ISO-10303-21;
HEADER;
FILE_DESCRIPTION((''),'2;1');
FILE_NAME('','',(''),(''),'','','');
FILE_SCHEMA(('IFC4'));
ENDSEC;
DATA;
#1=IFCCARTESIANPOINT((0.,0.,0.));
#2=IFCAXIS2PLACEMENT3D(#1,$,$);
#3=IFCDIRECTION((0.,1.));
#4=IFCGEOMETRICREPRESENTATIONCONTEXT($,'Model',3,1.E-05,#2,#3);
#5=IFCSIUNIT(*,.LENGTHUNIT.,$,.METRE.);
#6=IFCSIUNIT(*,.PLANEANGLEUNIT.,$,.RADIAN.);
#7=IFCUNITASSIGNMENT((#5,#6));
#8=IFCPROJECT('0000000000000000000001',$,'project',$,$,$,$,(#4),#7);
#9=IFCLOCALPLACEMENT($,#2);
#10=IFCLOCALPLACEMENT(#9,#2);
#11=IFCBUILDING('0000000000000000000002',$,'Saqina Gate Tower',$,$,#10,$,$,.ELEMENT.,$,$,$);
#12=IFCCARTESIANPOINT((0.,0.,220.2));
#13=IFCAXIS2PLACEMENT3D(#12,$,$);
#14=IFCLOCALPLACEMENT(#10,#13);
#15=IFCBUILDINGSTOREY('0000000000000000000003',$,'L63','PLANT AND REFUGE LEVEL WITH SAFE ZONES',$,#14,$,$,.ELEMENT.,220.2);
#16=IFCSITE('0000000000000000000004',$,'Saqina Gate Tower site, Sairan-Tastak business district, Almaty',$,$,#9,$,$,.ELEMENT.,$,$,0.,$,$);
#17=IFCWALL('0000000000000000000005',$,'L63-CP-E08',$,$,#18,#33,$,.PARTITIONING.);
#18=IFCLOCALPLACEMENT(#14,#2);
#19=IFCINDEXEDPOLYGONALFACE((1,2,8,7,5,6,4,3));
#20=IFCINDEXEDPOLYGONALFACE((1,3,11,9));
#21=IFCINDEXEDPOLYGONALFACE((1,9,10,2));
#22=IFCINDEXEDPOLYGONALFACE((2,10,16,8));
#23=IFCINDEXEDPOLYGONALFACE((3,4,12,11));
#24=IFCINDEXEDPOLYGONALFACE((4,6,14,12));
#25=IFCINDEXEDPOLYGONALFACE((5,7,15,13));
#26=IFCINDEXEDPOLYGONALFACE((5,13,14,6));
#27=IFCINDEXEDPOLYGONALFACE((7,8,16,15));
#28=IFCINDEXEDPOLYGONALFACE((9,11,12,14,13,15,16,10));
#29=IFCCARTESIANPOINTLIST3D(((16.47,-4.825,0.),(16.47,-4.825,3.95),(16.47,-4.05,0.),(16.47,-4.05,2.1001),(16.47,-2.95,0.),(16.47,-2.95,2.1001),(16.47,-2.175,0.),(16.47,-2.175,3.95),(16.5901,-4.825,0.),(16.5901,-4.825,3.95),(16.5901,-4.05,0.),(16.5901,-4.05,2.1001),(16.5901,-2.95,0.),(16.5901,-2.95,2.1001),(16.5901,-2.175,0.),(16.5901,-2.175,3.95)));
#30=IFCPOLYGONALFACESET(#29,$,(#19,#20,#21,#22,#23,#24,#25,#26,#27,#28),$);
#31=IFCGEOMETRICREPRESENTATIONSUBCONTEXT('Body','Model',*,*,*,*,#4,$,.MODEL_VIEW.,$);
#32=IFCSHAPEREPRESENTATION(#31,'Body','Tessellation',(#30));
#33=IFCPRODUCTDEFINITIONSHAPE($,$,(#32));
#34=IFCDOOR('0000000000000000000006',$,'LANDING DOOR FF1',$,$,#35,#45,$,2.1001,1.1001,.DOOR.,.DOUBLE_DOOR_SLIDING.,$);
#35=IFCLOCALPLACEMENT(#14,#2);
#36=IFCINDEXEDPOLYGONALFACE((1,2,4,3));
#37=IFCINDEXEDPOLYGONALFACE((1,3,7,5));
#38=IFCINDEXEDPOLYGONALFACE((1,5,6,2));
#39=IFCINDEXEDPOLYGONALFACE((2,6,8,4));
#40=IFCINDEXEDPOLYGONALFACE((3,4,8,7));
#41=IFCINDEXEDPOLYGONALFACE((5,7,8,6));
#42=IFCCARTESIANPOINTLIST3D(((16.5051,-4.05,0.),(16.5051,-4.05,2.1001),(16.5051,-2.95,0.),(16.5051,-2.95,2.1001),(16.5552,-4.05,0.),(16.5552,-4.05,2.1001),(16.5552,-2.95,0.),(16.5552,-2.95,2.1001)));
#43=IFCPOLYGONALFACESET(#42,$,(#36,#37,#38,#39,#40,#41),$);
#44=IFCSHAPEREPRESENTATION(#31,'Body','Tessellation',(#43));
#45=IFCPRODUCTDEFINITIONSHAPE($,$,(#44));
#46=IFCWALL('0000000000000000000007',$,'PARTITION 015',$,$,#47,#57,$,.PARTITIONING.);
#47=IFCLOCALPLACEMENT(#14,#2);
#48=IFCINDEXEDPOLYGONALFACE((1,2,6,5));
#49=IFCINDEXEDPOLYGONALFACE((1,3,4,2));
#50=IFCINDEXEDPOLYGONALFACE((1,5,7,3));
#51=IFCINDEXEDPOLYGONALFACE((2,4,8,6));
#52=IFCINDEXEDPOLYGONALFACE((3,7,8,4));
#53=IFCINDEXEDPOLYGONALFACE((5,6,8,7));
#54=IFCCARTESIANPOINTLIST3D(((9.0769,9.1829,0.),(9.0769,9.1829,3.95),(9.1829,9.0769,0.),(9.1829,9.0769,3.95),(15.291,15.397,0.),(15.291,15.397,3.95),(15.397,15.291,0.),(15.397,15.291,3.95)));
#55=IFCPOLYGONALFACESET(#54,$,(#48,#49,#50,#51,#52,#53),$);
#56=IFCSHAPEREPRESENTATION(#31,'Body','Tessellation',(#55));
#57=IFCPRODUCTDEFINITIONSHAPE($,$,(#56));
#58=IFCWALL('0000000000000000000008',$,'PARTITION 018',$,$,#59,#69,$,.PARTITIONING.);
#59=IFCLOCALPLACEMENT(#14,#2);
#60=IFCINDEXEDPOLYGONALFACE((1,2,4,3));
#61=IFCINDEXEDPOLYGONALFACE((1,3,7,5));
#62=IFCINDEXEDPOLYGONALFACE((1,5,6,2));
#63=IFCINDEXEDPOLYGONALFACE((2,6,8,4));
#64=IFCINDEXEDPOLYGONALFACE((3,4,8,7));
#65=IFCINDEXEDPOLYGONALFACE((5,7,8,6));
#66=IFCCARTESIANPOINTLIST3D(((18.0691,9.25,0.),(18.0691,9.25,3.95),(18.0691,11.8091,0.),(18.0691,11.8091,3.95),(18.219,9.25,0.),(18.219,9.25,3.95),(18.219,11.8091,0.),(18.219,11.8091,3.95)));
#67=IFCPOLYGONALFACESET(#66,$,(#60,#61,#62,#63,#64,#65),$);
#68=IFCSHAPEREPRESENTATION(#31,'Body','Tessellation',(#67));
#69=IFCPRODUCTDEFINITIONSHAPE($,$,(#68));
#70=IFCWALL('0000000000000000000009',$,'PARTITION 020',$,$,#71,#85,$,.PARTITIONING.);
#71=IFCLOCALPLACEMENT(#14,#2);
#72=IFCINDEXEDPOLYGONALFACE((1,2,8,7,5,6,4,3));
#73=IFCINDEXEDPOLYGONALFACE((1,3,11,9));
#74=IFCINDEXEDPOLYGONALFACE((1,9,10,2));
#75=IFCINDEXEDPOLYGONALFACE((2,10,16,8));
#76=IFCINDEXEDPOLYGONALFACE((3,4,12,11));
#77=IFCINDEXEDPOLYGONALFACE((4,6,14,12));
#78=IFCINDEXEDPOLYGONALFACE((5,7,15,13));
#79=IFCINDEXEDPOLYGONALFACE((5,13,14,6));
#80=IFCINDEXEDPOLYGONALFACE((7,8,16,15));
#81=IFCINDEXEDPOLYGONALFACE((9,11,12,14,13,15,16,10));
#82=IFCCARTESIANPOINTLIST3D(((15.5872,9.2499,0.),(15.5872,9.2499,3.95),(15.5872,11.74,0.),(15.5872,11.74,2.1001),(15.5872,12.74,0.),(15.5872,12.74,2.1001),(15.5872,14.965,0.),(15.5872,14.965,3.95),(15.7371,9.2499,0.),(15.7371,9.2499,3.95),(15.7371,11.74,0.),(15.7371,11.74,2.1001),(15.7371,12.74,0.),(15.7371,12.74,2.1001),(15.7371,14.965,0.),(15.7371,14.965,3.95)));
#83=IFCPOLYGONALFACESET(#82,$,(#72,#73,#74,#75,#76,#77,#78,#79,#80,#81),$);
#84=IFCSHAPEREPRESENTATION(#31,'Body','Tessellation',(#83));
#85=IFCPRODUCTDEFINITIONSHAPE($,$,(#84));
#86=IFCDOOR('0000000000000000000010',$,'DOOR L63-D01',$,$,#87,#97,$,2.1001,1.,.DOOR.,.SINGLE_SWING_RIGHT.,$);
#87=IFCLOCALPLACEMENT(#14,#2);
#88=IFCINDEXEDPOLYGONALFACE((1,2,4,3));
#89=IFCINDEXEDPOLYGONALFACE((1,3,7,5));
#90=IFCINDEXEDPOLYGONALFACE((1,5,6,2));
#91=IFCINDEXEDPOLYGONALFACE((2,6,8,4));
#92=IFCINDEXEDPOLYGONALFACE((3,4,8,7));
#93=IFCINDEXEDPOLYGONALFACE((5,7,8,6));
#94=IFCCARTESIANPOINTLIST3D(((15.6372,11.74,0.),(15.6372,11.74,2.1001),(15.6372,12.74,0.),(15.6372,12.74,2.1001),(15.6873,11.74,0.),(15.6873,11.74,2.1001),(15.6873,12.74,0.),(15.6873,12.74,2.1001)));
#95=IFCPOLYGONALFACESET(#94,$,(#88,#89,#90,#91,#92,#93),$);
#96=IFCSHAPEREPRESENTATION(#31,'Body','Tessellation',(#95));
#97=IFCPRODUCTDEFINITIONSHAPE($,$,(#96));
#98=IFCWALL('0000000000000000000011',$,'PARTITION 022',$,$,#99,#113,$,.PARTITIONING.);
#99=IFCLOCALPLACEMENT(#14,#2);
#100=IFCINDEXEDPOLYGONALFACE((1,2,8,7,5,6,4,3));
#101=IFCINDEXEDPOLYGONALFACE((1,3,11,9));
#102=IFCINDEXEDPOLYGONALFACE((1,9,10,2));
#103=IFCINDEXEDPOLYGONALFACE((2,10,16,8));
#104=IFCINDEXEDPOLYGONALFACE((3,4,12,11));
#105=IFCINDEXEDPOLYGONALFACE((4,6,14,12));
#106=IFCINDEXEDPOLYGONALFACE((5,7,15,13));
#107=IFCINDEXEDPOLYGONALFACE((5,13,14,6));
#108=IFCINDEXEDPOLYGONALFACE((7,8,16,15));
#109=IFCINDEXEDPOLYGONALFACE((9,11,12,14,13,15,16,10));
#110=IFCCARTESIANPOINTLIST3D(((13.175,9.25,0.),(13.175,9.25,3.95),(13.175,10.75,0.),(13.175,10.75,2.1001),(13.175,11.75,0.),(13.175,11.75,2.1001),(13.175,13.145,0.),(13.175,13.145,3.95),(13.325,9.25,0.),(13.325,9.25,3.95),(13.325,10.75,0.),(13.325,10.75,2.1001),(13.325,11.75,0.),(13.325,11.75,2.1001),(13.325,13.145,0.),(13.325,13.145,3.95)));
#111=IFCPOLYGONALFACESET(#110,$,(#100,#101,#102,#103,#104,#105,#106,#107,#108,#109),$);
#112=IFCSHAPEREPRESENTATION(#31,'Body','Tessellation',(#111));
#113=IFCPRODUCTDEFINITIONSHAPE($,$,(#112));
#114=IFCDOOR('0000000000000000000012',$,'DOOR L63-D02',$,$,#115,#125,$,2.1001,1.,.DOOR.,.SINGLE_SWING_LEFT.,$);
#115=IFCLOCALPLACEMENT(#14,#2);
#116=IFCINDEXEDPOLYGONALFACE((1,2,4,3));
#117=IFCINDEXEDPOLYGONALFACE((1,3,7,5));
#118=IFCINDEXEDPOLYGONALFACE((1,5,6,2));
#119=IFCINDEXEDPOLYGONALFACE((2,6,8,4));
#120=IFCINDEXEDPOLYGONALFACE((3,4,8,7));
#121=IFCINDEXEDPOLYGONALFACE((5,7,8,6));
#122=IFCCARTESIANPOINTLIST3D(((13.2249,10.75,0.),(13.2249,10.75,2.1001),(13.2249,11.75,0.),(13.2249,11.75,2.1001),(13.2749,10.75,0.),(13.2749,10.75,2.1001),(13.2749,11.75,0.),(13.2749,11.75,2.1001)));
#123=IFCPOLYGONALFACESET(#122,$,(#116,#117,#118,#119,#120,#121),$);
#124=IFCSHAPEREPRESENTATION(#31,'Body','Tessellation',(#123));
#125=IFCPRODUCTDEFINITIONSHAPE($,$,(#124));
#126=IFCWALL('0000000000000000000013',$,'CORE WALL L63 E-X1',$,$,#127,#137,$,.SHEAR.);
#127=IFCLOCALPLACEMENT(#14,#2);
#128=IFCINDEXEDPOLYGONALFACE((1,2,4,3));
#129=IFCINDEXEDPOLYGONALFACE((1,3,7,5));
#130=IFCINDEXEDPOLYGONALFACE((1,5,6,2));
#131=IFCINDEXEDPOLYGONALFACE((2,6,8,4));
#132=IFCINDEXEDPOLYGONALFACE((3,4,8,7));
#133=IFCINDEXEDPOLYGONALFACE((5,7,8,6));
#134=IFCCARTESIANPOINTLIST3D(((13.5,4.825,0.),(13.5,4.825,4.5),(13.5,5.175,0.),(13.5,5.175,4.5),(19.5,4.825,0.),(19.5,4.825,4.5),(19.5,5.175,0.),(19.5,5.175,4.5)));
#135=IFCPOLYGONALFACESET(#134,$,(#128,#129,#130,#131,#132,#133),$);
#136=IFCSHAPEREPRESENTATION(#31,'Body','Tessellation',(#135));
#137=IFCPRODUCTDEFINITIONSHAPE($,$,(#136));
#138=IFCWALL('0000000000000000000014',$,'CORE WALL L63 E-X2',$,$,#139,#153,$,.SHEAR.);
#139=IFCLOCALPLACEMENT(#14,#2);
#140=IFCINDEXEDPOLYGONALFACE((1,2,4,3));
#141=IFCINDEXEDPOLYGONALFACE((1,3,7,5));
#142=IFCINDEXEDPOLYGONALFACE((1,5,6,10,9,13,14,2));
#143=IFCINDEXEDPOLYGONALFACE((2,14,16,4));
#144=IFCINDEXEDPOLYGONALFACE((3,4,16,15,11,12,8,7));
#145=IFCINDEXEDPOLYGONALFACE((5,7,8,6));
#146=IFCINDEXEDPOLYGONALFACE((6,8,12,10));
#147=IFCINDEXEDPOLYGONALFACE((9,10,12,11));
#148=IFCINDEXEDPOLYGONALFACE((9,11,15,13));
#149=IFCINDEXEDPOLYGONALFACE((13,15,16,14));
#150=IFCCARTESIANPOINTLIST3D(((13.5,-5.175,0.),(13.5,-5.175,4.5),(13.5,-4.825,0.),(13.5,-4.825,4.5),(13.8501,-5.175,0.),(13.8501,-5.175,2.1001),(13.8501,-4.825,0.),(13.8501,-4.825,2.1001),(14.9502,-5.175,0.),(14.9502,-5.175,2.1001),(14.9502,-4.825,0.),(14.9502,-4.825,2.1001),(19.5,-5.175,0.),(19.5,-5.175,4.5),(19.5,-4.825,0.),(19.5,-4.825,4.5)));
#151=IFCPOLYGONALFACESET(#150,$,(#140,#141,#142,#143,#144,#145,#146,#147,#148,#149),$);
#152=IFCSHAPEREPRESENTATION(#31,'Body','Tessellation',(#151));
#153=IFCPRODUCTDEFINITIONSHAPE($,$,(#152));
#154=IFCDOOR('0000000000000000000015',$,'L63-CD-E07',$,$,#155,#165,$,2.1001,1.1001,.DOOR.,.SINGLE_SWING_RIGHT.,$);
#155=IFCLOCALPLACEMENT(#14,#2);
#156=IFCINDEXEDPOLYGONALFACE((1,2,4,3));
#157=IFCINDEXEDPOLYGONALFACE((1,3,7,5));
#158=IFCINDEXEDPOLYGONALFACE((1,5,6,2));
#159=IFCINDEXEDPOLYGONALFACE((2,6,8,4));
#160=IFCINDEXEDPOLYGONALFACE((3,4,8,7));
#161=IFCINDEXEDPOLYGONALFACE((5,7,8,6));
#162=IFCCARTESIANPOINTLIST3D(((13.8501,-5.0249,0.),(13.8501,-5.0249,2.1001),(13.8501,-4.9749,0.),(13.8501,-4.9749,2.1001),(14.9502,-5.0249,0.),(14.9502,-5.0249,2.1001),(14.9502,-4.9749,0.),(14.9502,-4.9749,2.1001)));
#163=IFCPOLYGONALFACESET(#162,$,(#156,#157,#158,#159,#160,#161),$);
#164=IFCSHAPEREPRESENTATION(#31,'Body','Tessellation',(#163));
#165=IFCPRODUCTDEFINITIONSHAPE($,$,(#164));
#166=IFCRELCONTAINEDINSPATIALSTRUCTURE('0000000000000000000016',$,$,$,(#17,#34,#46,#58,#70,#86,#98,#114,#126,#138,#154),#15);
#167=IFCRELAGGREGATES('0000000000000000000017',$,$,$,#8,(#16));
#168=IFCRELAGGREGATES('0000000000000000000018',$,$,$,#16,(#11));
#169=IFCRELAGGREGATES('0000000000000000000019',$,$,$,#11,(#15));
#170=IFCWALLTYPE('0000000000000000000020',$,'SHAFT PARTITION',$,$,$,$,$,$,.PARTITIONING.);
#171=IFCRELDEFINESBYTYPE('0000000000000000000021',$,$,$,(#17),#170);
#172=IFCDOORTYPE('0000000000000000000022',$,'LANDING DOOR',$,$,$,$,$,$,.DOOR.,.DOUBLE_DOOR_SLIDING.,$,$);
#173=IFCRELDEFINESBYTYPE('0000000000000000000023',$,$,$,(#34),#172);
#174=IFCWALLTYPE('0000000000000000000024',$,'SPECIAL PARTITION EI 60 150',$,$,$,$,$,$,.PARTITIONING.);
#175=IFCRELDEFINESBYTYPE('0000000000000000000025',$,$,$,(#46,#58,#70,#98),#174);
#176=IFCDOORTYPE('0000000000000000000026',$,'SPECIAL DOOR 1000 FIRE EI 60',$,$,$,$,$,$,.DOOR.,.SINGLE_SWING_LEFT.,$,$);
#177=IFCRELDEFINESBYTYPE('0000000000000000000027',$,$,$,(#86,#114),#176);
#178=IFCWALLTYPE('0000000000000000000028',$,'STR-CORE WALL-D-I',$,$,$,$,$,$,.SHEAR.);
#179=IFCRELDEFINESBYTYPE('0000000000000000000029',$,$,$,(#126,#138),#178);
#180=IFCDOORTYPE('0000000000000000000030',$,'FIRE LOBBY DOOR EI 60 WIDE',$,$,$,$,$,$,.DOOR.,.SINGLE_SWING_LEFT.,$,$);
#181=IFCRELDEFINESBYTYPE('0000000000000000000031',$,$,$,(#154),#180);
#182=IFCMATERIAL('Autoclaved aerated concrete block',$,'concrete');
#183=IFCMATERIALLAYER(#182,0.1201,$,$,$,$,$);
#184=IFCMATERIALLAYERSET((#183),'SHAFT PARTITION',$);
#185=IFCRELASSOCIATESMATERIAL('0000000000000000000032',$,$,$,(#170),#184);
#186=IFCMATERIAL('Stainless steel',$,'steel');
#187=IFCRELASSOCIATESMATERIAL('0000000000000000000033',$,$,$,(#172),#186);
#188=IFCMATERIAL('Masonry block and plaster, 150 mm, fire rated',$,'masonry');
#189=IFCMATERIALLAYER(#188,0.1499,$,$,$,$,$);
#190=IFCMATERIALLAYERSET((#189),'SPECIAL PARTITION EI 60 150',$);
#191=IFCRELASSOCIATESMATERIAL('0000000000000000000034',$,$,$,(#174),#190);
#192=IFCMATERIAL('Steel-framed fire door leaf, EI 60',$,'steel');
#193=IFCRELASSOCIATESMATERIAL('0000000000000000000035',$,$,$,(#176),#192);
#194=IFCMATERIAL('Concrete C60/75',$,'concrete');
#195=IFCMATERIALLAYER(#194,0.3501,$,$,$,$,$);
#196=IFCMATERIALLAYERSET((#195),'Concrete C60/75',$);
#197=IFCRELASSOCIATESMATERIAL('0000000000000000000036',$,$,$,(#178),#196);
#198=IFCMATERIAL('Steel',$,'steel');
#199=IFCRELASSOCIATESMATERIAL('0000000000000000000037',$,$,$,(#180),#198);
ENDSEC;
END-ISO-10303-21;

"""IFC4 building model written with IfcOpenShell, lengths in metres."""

from ifc_helpers import new_model, si_unit, direction, frame, frame_2d, origin, place, context, subcontext, project, spatial, rectangle, extrude, material, layer, layer_set, type_object, element, fill, save


model = new_model("IFC4")

# Units and contexts
model_context = context("Model", 3, precision=1e-05, world=origin(), true_north=direction((0.0, 1.0)))
body_context = subcontext(model_context, "Body", "Model", "MODEL_VIEW")
ifc_project = project(units=[si_unit("LENGTHUNIT", "METRE"), si_unit("PLANEANGLEUNIT", "RADIAN")], contexts=[model_context])

# Site, building, storey
site_placement = place(None, origin())
site = spatial("IfcSite", under=ifc_project, at=site_placement, Name="Saqina Gate Tower site, Sairan-Tastak business district, Almaty", CompositionType="ELEMENT", RefElevation=0.0)
building_placement = place(site_placement, origin())
building = spatial("IfcBuilding", under=site, at=building_placement, Name="Saqina Gate Tower", CompositionType="ELEMENT")
storey_placement = place(building_placement, frame((0.0, 0.0, 220.2)))
storey = spatial("IfcBuildingStorey", under=building, at=storey_placement, Name="L63", Description="PLANT AND REFUGE LEVEL WITH SAFE ZONES", CompositionType="ELEMENT", Elevation=220.2)

# Shared definitions
ifc_material_1 = material(Name="Autoclaved aerated concrete block", Category="concrete")
ifc_layer_1 = layer(ifc_material_1, 0.1201)
ifc_layer_set_1 = layer_set([ifc_layer_1], Name="SHAFT PARTITION")
wall_type_1 = type_object("IfcWallType", Name="SHAFT PARTITION", PredefinedType="PARTITIONING", material=ifc_layer_set_1)

# Wall, opening, door
wall_1_placement = place(storey_placement, frame((16.53, -4.825, 0.0), z_axis=(0.0, 0.0, 1.0), x_axis=(0.0, 1.0, 0.0)))
wall_1 = element("IfcWall", 1, at=wall_1_placement, inside=storey, type_object=wall_type_1, Name="L63-CP-E08", PredefinedType="PARTITIONING", context=body_context, shape_type="SweptSolid", body=[
    extrude(rectangle(XDim=2.6499, YDim=0.1201, at=frame_2d((1.325, 0.0))), origin(), (0.0, 0.0, 1.0), 3.95),
])
opening_1_placement = place(wall_1_placement, frame((0.7749, 0.0, 0.0)))
opening_1 = element("IfcOpeningElement", 2, at=opening_1_placement, cuts=wall_1, PredefinedType="OPENING", context=body_context, shape_type="SweptSolid", body=[
    extrude(rectangle(XDim=1.1001, YDim=2.1001, at=frame_2d((0.55, 1.05))), frame((0.0, 0.072, 0.0), z_axis=(0.0, -1.0, 0.0), x_axis=(1.0, 0.0, 0.0)), (0.0, 0.0, 1.0), 0.144),
])
ifc_material_2 = material(Name="Stainless steel", Category="steel")
door_type_1 = type_object("IfcDoorType", Name="LANDING DOOR", OperationType="DOUBLE_DOOR_SLIDING", PredefinedType="DOOR", material=ifc_material_2)
door_1_placement = place(opening_1_placement, origin())
door_1 = element("IfcDoor", 3, at=door_1_placement, inside=storey, type_object=door_type_1, Name="LANDING DOOR FF1", OperationType="DOUBLE_DOOR_SLIDING", OverallHeight=2.1001, OverallWidth=1.1001, PredefinedType="DOOR", context=body_context, shape_type="SweptSolid", body=[
    extrude(rectangle(XDim=1.1001, YDim=2.1001, at=frame_2d((0.55, 1.05))), frame((0.0, 0.0249, 0.0), z_axis=(0.0, -1.0, 0.0), x_axis=(1.0, 0.0, 0.0)), (0.0, 0.0, 1.0), 0.05),
])
fill(opening_1, door_1)

# Walls
ifc_material_3 = material(Name="Masonry block and plaster, 150 mm, fire rated", Category="masonry")
ifc_layer_2 = layer(ifc_material_3, 0.1499)
ifc_layer_set_2 = layer_set([ifc_layer_2], Name="SPECIAL PARTITION EI 60 150")
wall_type_2 = type_object("IfcWallType", Name="SPECIAL PARTITION EI 60 150", PredefinedType="PARTITIONING", material=ifc_layer_set_2)
wall_2_placement = place(storey_placement, frame((9.1299, 9.1299, 0.0), z_axis=(0.0, 0.0, 1.0), x_axis=(0.707107, 0.707107, 0.0)))
element("IfcWall", 4, at=wall_2_placement, inside=storey, type_object=wall_type_2, Name="PARTITION 015", PredefinedType="PARTITIONING", context=body_context, shape_type="SweptSolid", body=[
    extrude(rectangle(XDim=8.7881, YDim=0.1499, at=frame_2d((4.394, 0.0))), origin(), (0.0, 0.0, 1.0), 3.95),
])
wall_3_placement = place(storey_placement, frame((18.144, 9.25, 0.0), z_axis=(0.0, 0.0, 1.0), x_axis=(0.0, 1.0, 0.0)))
element("IfcWall", 5, at=wall_3_placement, inside=storey, type_object=wall_type_2, Name="PARTITION 018", PredefinedType="PARTITIONING", context=body_context, shape_type="SweptSolid", body=[
    extrude(rectangle(XDim=2.5591, YDim=0.1499, at=frame_2d((1.2795, 0.0))), origin(), (0.0, 0.0, 1.0), 3.95),
])

# Walls, openings, doors
wall_4_placement = place(storey_placement, frame((15.6621, 9.25, 0.0), z_axis=(0.0, 0.0, 1.0), x_axis=(0.0, 1.0, 0.0)))
wall_4 = element("IfcWall", 6, at=wall_4_placement, inside=storey, type_object=wall_type_2, Name="PARTITION 020", PredefinedType="PARTITIONING", context=body_context, shape_type="SweptSolid", body=[
    extrude(rectangle(XDim=5.7151, YDim=0.1499, at=frame_2d((2.8574, 0.0))), origin(), (0.0, 0.0, 1.0), 3.95),
])
opening_2_placement = place(wall_4_placement, frame((2.49, 0.0, 0.0)))
opening_2 = element("IfcOpeningElement", 7, at=opening_2_placement, cuts=wall_4, PredefinedType="OPENING", context=body_context, shape_type="SweptSolid", body=[
    extrude(rectangle(XDim=1.0, YDim=2.1001, at=frame_2d((0.5, 1.05))), frame((0.0, 0.0869, 0.0), z_axis=(0.0, -1.0, 0.0), x_axis=(1.0, 0.0, 0.0)), (0.0, 0.0, 1.0), 0.1738),
])
ifc_material_4 = material(Name="Steel-framed fire door leaf, EI 60", Category="steel")
door_type_2 = type_object("IfcDoorType", Name="SPECIAL DOOR 1000 FIRE EI 60", OperationType="SINGLE_SWING_LEFT", PredefinedType="DOOR", material=ifc_material_4)
door_2_placement = place(opening_2_placement, origin())
door_2 = element("IfcDoor", 8, at=door_2_placement, inside=storey, type_object=door_type_2, Name="DOOR L63-D01", OperationType="SINGLE_SWING_RIGHT", OverallHeight=2.1001, OverallWidth=1.0, PredefinedType="DOOR", context=body_context, shape_type="SweptSolid", body=[
    extrude(rectangle(XDim=1.0, YDim=2.1001, at=frame_2d((0.5, 1.05))), frame((0.0, 0.0249, 0.0), z_axis=(0.0, -1.0, 0.0), x_axis=(1.0, 0.0, 0.0)), (0.0, 0.0, 1.0), 0.05),
])
fill(opening_2, door_2)
wall_5_placement = place(storey_placement, frame((13.25, 9.25, 0.0), z_axis=(0.0, 0.0, 1.0), x_axis=(0.0, 1.0, 0.0)))
wall_5 = element("IfcWall", 9, at=wall_5_placement, inside=storey, type_object=wall_type_2, Name="PARTITION 022", PredefinedType="PARTITIONING", context=body_context, shape_type="SweptSolid", body=[
    extrude(rectangle(XDim=3.895, YDim=0.1499, at=frame_2d((1.9475, 0.0))), origin(), (0.0, 0.0, 1.0), 3.95),
])
opening_3_placement = place(wall_5_placement, frame((1.5, 0.0, 0.0)))
opening_3 = element("IfcOpeningElement", 10, at=opening_3_placement, cuts=wall_5, PredefinedType="OPENING", context=body_context, shape_type="SweptSolid", body=[
    extrude(rectangle(XDim=1.0, YDim=2.1001, at=frame_2d((0.5, 1.05))), frame((0.0, 0.0869, 0.0), z_axis=(0.0, -1.0, 0.0), x_axis=(1.0, 0.0, 0.0)), (0.0, 0.0, 1.0), 0.1738),
])
door_3_placement = place(opening_3_placement, frame((1.0, 0.0, 0.0), z_axis=(0.0, 0.0, 1.0), x_axis=(-1.0, 0.0, 0.0)))
door_3 = element("IfcDoor", 11, at=door_3_placement, inside=storey, type_object=door_type_2, Name="DOOR L63-D02", OperationType="SINGLE_SWING_LEFT", OverallHeight=2.1001, OverallWidth=1.0, PredefinedType="DOOR", context=body_context, shape_type="SweptSolid", body=[
    extrude(rectangle(XDim=1.0, YDim=2.1001, at=frame_2d((0.5, 1.05))), frame((0.0, 0.0249, 0.0), z_axis=(0.0, -1.0, 0.0), x_axis=(1.0, 0.0, 0.0)), (0.0, 0.0, 1.0), 0.05),
])
fill(opening_3, door_3)

# Wall
ifc_material_5 = material(Name="Concrete C60/75", Category="concrete")
ifc_layer_3 = layer(ifc_material_5, 0.3501)
ifc_layer_set_3 = layer_set([ifc_layer_3], Name="Concrete C60/75")
wall_type_3 = type_object("IfcWallType", Name="STR-CORE WALL-D-I", PredefinedType="SHEAR", material=ifc_layer_set_3)
wall_6_placement = place(storey_placement, frame((13.5, 5.0, 0.0), z_axis=(0.0, 0.0, 1.0), x_axis=(1.0, 0.0, 0.0)))
element("IfcWall", 12, at=wall_6_placement, inside=storey, type_object=wall_type_3, Name="CORE WALL L63 E-X1", PredefinedType="SHEAR", context=body_context, shape_type="SweptSolid", body=[
    extrude(rectangle(XDim=6.0, YDim=0.3501, at=frame_2d((3.0, 0.0))), origin(), (0.0, 0.0, 1.0), 4.5),
])

# Wall, opening, door
wall_7_placement = place(storey_placement, frame((13.5, -5.0, 0.0), z_axis=(0.0, 0.0, 1.0), x_axis=(1.0, 0.0, 0.0)))
wall_7 = element("IfcWall", 13, at=wall_7_placement, inside=storey, type_object=wall_type_3, Name="CORE WALL L63 E-X2", PredefinedType="SHEAR", context=body_context, shape_type="SweptSolid", body=[
    extrude(rectangle(XDim=6.0, YDim=0.3501, at=frame_2d((3.0, 0.0))), origin(), (0.0, 0.0, 1.0), 4.5),
])
opening_4_placement = place(wall_7_placement, frame((0.3501, 0.0, 0.0)))
opening_4 = element("IfcOpeningElement", 14, at=opening_4_placement, cuts=wall_7, PredefinedType="OPENING", context=body_context, shape_type="SweptSolid", body=[
    extrude(rectangle(XDim=1.1001, YDim=2.1001, at=frame_2d((0.55, 1.05))), frame((0.0, 0.187, 0.0), z_axis=(0.0, -1.0, 0.0), x_axis=(1.0, 0.0, 0.0)), (0.0, 0.0, 1.0), 0.374),
])
ifc_material_6 = material(Name="Steel", Category="steel")
door_type_3 = type_object("IfcDoorType", Name="FIRE LOBBY DOOR EI 60 WIDE", OperationType="SINGLE_SWING_LEFT", PredefinedType="DOOR", material=ifc_material_6)
door_4_placement = place(opening_4_placement, frame((1.1001, 0.0, 0.0), z_axis=(0.0, 0.0, 1.0), x_axis=(-1.0, 0.0, 0.0)))
door_4 = element("IfcDoor", 15, at=door_4_placement, inside=storey, type_object=door_type_3, Name="L63-CD-E07", OperationType="SINGLE_SWING_RIGHT", OverallHeight=2.1001, OverallWidth=1.1001, PredefinedType="DOOR", context=body_context, shape_type="SweptSolid", body=[
    extrude(rectangle(XDim=1.1001, YDim=2.1001, at=frame_2d((0.55, 1.05))), frame((0.0, 0.0249, 0.0), z_axis=(0.0, -1.0, 0.0), x_axis=(1.0, 0.0, 0.0)), (0.0, 0.0, 1.0), 0.05),
])
fill(opening_4, door_4)

save(model, "model.ifc")
